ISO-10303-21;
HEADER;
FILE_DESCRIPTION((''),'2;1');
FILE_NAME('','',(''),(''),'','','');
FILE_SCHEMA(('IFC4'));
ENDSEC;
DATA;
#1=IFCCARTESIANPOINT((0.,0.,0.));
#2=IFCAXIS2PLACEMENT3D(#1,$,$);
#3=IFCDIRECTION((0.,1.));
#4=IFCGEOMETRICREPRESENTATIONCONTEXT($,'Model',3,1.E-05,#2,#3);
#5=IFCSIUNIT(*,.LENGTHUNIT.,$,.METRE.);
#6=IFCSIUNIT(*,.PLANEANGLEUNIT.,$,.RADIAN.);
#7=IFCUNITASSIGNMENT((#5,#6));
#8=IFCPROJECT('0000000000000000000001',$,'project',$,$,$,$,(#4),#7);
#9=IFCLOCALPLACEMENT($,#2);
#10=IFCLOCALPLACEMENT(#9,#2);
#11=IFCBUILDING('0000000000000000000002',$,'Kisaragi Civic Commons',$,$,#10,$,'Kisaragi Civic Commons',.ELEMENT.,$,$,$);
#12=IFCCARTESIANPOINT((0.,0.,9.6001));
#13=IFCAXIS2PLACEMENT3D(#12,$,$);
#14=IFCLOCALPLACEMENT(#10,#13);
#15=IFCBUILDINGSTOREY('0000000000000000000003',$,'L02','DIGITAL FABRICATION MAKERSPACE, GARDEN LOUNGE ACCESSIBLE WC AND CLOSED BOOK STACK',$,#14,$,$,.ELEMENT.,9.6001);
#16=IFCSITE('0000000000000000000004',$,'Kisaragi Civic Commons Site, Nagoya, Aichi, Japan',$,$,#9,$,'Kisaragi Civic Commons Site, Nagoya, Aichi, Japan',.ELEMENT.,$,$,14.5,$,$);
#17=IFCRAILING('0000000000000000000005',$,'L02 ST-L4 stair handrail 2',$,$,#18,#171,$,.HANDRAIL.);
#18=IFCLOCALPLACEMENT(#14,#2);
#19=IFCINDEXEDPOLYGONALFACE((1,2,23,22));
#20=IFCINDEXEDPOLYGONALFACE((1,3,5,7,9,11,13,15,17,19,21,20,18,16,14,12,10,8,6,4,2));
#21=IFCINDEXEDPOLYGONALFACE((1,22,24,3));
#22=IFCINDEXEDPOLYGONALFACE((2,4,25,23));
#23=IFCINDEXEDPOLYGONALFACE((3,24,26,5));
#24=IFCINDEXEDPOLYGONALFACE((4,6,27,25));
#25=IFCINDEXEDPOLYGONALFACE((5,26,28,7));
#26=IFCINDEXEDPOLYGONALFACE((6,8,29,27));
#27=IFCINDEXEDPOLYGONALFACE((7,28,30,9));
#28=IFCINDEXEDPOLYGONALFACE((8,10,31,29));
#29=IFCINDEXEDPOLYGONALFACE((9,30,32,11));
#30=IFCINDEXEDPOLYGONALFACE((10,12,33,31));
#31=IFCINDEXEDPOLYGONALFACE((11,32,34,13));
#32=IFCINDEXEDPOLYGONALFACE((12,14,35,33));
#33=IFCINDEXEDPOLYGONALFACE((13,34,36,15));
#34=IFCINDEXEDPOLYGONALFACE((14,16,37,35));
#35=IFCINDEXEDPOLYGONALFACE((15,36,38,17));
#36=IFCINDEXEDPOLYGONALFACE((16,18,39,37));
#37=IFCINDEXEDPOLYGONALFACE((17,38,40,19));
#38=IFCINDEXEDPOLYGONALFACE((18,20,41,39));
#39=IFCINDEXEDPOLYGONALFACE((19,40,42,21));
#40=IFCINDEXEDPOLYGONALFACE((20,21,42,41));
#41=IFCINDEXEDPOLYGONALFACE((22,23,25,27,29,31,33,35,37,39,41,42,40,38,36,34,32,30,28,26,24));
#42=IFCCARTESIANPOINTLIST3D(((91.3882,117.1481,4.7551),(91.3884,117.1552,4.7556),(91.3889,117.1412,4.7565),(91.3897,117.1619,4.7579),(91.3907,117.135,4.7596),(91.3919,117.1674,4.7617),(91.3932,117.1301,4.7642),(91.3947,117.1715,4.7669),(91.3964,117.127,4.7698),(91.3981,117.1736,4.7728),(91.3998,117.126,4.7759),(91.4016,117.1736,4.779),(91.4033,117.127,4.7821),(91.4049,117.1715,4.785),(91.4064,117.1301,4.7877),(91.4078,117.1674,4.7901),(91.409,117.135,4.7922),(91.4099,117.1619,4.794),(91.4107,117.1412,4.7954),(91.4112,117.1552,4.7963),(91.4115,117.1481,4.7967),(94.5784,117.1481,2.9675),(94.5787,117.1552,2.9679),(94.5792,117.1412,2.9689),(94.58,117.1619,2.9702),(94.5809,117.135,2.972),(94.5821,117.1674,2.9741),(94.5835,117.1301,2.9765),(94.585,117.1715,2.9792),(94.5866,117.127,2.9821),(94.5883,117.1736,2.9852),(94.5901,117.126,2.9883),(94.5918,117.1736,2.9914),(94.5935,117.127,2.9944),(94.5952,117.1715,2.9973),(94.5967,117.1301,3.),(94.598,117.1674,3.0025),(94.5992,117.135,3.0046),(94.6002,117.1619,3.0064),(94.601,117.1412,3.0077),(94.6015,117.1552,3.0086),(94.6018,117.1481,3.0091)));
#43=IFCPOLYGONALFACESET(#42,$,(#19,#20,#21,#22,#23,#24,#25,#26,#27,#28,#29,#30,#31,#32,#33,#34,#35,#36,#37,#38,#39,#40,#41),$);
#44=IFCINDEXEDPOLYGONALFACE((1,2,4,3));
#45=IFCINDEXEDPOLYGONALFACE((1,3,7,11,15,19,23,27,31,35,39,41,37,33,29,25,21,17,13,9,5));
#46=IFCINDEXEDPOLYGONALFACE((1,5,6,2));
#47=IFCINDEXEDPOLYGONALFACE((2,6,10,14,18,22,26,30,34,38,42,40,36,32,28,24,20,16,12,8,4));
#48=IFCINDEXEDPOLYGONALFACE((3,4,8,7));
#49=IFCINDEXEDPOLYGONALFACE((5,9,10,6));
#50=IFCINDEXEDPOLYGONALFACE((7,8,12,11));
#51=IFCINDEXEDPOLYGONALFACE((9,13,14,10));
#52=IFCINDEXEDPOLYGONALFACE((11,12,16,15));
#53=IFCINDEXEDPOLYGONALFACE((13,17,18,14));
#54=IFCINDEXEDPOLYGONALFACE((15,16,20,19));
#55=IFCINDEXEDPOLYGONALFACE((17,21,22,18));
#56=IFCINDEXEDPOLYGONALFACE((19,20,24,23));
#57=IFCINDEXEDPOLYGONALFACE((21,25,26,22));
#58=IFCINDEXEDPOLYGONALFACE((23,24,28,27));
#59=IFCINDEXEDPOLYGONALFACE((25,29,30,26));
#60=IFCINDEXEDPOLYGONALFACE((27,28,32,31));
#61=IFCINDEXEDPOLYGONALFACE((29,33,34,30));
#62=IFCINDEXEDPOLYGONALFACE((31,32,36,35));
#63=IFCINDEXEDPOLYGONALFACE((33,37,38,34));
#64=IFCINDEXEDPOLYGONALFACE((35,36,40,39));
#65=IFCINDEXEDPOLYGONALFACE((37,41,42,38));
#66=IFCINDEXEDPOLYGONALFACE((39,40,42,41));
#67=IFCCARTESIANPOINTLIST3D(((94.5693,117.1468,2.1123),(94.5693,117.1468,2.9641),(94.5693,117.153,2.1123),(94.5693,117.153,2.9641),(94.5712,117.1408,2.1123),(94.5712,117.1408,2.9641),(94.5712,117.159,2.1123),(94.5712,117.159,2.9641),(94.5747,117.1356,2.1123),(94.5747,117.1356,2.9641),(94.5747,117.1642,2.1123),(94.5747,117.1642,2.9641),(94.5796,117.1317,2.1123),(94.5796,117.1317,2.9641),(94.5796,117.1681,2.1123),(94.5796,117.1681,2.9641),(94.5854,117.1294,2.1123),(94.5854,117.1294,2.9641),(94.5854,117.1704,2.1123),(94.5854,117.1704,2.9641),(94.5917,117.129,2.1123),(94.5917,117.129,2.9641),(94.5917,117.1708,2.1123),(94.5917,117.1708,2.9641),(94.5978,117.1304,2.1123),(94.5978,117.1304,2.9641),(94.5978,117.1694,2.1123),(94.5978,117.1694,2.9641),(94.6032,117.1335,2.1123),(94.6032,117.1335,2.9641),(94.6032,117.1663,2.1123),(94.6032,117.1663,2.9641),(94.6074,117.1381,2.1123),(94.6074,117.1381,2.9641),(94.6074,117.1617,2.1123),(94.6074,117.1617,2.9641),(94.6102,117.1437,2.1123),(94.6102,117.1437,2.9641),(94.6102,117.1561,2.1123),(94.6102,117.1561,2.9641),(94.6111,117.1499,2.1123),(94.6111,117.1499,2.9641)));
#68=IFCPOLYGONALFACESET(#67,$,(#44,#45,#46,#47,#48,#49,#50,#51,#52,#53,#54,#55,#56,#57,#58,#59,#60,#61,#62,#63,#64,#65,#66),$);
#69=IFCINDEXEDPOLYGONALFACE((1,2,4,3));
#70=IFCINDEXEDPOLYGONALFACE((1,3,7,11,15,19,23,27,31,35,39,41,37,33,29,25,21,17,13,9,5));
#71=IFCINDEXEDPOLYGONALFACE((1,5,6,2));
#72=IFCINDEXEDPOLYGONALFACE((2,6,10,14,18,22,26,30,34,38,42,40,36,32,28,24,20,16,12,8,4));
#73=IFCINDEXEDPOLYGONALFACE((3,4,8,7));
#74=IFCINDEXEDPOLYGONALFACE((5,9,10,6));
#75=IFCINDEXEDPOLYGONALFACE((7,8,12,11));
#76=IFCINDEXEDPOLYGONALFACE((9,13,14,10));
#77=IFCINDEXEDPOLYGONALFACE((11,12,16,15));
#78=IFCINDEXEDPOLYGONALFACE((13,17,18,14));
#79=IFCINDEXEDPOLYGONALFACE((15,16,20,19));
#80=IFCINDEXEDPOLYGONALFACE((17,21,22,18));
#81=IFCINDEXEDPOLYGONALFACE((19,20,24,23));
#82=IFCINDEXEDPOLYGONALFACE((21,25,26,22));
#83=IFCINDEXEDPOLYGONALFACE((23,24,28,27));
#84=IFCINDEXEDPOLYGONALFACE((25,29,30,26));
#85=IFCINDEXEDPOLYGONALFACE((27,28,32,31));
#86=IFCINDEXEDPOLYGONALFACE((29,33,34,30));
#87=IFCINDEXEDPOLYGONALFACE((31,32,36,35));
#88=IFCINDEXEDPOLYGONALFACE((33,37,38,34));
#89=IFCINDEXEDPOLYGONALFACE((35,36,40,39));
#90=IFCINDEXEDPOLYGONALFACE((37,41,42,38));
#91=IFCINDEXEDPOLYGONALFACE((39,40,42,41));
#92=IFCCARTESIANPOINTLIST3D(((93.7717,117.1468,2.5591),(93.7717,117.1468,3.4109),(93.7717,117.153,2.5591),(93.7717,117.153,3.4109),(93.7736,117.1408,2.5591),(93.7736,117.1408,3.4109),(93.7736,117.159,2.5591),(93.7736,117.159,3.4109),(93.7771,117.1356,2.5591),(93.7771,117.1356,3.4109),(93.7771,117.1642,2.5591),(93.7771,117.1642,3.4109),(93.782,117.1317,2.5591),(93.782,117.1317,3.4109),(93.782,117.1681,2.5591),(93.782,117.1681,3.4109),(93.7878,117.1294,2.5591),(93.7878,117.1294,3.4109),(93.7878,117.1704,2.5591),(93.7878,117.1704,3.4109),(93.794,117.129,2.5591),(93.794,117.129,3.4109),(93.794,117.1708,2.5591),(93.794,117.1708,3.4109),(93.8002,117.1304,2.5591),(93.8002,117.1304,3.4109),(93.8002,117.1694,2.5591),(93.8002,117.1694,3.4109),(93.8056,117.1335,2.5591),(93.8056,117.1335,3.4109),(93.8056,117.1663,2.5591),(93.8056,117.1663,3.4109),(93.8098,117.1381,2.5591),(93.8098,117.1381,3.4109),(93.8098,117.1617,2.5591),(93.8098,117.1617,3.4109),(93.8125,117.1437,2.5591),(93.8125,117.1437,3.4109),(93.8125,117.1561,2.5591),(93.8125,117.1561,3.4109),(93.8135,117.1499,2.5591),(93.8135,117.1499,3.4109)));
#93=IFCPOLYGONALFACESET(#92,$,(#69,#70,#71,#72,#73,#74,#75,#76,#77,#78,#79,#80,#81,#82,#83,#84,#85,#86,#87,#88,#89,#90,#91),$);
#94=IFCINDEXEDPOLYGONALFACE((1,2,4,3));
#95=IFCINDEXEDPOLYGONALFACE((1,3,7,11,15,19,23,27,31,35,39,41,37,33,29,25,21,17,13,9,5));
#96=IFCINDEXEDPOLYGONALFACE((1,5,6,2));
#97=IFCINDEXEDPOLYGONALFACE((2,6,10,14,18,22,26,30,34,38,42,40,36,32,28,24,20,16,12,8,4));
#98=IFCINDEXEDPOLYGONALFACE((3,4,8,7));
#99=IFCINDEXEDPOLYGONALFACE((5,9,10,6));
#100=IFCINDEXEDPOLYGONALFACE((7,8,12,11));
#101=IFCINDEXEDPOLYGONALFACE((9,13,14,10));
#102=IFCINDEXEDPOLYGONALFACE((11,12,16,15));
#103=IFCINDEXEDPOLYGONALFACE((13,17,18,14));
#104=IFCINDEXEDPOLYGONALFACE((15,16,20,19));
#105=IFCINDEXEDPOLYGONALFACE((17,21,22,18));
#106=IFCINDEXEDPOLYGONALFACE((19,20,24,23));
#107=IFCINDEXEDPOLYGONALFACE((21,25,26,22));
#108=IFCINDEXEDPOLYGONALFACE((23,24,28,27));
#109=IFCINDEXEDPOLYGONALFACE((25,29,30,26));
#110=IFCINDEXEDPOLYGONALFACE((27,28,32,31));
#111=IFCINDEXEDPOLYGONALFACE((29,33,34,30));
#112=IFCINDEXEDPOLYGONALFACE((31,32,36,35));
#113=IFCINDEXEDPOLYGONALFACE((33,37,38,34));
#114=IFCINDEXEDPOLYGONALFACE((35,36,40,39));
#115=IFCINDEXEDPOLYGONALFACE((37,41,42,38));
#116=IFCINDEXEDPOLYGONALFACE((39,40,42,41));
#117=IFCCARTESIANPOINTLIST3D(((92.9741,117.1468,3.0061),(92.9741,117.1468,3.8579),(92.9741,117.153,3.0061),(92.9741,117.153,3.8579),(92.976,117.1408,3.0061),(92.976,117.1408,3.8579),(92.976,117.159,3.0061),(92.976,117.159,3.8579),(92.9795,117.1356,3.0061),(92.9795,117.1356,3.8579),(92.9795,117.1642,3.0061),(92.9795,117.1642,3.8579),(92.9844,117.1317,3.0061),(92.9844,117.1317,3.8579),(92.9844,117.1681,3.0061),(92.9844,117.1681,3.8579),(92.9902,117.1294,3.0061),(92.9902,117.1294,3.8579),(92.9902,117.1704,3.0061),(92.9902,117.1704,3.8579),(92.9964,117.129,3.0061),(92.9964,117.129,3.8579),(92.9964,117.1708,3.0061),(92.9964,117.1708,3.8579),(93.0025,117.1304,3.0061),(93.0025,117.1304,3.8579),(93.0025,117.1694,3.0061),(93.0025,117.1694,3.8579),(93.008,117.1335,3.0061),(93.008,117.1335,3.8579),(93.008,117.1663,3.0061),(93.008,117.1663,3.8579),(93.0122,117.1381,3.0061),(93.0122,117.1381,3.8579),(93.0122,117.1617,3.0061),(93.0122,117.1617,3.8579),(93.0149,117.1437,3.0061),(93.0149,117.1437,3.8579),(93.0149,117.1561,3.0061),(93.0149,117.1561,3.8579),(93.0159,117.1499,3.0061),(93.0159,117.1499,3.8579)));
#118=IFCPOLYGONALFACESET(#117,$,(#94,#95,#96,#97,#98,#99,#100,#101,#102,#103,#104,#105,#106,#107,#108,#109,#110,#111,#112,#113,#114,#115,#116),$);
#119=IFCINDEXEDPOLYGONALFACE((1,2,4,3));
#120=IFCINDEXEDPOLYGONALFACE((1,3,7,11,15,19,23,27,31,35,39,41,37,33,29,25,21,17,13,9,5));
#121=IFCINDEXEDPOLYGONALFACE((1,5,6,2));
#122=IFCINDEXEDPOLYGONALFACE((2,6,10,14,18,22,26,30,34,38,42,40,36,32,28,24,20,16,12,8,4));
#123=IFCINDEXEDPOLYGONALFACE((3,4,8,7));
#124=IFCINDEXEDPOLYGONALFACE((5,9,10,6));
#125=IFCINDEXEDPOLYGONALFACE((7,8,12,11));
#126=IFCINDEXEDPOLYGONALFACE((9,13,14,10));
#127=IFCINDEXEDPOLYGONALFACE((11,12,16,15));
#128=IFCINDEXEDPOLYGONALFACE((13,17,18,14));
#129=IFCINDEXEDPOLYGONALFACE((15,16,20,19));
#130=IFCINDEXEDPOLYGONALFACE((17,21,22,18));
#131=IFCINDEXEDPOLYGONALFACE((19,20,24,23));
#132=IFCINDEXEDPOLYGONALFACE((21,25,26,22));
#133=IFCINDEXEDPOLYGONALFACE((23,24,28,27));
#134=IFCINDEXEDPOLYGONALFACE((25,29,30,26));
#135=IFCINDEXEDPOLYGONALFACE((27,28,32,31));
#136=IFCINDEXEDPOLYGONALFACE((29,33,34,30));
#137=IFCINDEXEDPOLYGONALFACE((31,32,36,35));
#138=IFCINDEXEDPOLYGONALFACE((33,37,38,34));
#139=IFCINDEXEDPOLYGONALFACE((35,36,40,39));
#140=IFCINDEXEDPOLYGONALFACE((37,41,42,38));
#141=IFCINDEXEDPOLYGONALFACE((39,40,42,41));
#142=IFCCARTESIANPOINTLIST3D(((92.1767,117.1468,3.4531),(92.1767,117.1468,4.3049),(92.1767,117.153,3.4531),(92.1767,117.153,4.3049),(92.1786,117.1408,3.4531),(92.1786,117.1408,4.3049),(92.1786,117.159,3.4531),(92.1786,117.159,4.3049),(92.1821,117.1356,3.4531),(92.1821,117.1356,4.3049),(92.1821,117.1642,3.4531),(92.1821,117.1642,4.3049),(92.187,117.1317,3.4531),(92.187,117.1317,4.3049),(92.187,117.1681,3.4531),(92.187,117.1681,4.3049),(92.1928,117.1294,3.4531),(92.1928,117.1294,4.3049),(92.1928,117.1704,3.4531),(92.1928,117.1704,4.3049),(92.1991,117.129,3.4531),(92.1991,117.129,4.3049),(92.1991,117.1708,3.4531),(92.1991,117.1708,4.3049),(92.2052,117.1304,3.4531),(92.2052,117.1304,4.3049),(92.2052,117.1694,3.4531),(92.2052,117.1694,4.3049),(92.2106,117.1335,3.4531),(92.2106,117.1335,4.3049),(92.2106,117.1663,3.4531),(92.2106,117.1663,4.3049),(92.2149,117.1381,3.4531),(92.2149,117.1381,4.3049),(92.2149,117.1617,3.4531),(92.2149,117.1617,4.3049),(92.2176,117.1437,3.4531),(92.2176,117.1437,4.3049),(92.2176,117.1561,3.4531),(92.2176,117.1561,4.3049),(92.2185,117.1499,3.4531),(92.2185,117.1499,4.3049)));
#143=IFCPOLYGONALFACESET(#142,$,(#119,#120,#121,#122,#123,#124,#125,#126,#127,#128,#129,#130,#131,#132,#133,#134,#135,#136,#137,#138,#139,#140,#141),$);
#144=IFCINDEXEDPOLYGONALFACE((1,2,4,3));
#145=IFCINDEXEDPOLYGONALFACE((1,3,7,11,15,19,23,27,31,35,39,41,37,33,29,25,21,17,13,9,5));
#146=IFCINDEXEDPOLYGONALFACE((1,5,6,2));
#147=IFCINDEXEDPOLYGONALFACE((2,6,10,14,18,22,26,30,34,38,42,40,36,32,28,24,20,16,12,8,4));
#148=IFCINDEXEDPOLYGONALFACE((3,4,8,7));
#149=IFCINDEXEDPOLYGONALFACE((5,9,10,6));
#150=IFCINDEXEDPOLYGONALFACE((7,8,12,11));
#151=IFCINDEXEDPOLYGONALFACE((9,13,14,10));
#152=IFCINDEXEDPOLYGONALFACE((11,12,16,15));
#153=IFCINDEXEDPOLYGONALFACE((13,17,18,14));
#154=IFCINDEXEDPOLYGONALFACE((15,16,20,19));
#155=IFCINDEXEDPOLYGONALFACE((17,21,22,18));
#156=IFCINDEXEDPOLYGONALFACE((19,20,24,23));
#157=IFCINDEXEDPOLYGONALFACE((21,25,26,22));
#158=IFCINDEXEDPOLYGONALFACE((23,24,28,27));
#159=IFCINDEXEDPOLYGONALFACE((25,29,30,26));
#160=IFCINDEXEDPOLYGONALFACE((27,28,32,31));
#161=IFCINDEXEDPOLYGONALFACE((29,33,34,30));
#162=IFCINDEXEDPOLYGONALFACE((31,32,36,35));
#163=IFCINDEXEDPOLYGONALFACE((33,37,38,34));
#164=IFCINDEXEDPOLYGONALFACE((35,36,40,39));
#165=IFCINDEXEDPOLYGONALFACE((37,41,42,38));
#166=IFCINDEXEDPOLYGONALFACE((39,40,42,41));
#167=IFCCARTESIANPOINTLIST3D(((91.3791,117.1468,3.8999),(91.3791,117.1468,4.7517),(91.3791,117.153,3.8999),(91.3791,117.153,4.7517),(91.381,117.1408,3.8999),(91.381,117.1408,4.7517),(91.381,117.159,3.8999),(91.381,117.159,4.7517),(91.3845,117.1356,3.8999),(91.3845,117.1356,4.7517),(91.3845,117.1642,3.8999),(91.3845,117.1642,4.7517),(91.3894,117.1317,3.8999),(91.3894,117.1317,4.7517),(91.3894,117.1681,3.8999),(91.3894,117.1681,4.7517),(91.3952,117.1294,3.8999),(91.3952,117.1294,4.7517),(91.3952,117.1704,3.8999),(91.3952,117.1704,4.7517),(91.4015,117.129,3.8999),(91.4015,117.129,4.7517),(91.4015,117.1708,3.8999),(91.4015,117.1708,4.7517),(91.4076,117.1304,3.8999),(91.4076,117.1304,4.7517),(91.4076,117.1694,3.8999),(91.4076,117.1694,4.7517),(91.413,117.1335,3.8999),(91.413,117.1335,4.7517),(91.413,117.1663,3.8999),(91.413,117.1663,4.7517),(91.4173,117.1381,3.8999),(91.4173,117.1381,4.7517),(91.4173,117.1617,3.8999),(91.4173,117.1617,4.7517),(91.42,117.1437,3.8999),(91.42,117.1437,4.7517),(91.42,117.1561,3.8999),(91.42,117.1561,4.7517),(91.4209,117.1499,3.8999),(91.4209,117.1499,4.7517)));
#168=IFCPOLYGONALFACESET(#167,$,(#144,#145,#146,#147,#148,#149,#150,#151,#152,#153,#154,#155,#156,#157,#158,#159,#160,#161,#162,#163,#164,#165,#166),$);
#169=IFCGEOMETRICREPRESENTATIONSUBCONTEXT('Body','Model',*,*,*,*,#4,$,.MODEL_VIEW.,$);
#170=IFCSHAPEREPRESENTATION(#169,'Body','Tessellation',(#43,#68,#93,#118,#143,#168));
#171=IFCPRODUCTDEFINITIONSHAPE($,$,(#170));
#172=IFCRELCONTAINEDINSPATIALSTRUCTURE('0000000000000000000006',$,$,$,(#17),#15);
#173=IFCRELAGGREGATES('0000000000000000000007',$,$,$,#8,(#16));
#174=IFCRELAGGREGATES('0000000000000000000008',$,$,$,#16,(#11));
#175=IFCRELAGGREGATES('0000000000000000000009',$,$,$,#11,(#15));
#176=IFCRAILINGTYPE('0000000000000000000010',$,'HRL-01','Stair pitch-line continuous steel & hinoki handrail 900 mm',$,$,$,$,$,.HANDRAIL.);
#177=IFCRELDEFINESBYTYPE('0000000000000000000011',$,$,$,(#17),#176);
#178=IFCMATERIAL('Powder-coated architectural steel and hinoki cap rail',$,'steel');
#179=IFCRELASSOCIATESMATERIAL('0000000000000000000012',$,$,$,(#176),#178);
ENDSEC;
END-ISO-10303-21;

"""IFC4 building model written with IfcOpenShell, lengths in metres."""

from ifc_helpers import new_model, si_unit, direction, frame, origin, origin_2d, place, context, subcontext, project, spatial, circle, extrude, material, type_object, element, save


model = new_model("IFC4")

# Units and contexts
model_context = context("Model", 3, precision=1e-05, world=origin(), true_north=direction((0.0, 1.0)))
body_context = subcontext(model_context, "Body", "Model", "MODEL_VIEW")
ifc_project = project(units=[si_unit("LENGTHUNIT", "METRE"), si_unit("PLANEANGLEUNIT", "RADIAN")], contexts=[model_context])

# Site, building, storey
site_placement = place(None, origin())
site = spatial("IfcSite", under=ifc_project, at=site_placement, Name="Kisaragi Civic Commons Site, Nagoya, Aichi, Japan", LongName="Kisaragi Civic Commons Site, Nagoya, Aichi, Japan", CompositionType="ELEMENT", RefElevation=14.5)
building_placement = place(site_placement, origin())
building = spatial("IfcBuilding", under=site, at=building_placement, Name="Kisaragi Civic Commons", LongName="Kisaragi Civic Commons", CompositionType="ELEMENT")
storey_placement = place(building_placement, frame((0.0, 0.0, 9.6001)))
storey = spatial("IfcBuildingStorey", under=building, at=storey_placement, Name="L02", Description="DIGITAL FABRICATION MAKERSPACE, GARDEN LOUNGE ACCESSIBLE WC AND CLOSED BOOK STACK", CompositionType="ELEMENT", Elevation=9.6001)

# Railing
ifc_material_1 = material(Name="Powder-coated architectural steel and hinoki cap rail", Category="steel")
railing_type_1 = type_object("IfcRailingType", Name="HRL-01", Description="Stair pitch-line continuous steel & hinoki handrail 900 mm", PredefinedType="HANDRAIL", material=ifc_material_1)
railing_1_placement = place(storey_placement, frame((94.5901, 117.1499, 2.1123)))
element("IfcRailing", 1, at=railing_1_placement, inside=storey, type_object=railing_type_1, Name="L02 ST-L4 stair handrail 2", PredefinedType="HANDRAIL", context=body_context, shape_type="SweptSolid", body=[
    extrude(circle(Radius=0.0239, at=origin_2d()), frame((0.0, 0.0, 0.876), z_axis=(-0.872378, 0.0, 0.488831), x_axis=(0.0, -1.0, 0.0)), (0.0, 0.0, 1.0), 3.657),
    extrude(circle(Radius=0.021, at=origin_2d()), origin(), (0.0, 0.0, 1.0), 0.8518),
    extrude(circle(Radius=0.021, at=origin_2d()), frame((-0.7976, 0.0, 0.4468)), (0.0, 0.0, 1.0), 0.8518),
    extrude(circle(Radius=0.021, at=origin_2d()), frame((-1.5952, 0.0, 0.8938)), (0.0, 0.0, 1.0), 0.8518),
    extrude(circle(Radius=0.021, at=origin_2d()), frame((-2.3926, 0.0, 1.3408)), (0.0, 0.0, 1.0), 0.8518),
    extrude(circle(Radius=0.021, at=origin_2d()), frame((-3.1902, 0.0, 1.7876)), (0.0, 0.0, 1.0), 0.8518),
])

save(model, "model.ifc")
